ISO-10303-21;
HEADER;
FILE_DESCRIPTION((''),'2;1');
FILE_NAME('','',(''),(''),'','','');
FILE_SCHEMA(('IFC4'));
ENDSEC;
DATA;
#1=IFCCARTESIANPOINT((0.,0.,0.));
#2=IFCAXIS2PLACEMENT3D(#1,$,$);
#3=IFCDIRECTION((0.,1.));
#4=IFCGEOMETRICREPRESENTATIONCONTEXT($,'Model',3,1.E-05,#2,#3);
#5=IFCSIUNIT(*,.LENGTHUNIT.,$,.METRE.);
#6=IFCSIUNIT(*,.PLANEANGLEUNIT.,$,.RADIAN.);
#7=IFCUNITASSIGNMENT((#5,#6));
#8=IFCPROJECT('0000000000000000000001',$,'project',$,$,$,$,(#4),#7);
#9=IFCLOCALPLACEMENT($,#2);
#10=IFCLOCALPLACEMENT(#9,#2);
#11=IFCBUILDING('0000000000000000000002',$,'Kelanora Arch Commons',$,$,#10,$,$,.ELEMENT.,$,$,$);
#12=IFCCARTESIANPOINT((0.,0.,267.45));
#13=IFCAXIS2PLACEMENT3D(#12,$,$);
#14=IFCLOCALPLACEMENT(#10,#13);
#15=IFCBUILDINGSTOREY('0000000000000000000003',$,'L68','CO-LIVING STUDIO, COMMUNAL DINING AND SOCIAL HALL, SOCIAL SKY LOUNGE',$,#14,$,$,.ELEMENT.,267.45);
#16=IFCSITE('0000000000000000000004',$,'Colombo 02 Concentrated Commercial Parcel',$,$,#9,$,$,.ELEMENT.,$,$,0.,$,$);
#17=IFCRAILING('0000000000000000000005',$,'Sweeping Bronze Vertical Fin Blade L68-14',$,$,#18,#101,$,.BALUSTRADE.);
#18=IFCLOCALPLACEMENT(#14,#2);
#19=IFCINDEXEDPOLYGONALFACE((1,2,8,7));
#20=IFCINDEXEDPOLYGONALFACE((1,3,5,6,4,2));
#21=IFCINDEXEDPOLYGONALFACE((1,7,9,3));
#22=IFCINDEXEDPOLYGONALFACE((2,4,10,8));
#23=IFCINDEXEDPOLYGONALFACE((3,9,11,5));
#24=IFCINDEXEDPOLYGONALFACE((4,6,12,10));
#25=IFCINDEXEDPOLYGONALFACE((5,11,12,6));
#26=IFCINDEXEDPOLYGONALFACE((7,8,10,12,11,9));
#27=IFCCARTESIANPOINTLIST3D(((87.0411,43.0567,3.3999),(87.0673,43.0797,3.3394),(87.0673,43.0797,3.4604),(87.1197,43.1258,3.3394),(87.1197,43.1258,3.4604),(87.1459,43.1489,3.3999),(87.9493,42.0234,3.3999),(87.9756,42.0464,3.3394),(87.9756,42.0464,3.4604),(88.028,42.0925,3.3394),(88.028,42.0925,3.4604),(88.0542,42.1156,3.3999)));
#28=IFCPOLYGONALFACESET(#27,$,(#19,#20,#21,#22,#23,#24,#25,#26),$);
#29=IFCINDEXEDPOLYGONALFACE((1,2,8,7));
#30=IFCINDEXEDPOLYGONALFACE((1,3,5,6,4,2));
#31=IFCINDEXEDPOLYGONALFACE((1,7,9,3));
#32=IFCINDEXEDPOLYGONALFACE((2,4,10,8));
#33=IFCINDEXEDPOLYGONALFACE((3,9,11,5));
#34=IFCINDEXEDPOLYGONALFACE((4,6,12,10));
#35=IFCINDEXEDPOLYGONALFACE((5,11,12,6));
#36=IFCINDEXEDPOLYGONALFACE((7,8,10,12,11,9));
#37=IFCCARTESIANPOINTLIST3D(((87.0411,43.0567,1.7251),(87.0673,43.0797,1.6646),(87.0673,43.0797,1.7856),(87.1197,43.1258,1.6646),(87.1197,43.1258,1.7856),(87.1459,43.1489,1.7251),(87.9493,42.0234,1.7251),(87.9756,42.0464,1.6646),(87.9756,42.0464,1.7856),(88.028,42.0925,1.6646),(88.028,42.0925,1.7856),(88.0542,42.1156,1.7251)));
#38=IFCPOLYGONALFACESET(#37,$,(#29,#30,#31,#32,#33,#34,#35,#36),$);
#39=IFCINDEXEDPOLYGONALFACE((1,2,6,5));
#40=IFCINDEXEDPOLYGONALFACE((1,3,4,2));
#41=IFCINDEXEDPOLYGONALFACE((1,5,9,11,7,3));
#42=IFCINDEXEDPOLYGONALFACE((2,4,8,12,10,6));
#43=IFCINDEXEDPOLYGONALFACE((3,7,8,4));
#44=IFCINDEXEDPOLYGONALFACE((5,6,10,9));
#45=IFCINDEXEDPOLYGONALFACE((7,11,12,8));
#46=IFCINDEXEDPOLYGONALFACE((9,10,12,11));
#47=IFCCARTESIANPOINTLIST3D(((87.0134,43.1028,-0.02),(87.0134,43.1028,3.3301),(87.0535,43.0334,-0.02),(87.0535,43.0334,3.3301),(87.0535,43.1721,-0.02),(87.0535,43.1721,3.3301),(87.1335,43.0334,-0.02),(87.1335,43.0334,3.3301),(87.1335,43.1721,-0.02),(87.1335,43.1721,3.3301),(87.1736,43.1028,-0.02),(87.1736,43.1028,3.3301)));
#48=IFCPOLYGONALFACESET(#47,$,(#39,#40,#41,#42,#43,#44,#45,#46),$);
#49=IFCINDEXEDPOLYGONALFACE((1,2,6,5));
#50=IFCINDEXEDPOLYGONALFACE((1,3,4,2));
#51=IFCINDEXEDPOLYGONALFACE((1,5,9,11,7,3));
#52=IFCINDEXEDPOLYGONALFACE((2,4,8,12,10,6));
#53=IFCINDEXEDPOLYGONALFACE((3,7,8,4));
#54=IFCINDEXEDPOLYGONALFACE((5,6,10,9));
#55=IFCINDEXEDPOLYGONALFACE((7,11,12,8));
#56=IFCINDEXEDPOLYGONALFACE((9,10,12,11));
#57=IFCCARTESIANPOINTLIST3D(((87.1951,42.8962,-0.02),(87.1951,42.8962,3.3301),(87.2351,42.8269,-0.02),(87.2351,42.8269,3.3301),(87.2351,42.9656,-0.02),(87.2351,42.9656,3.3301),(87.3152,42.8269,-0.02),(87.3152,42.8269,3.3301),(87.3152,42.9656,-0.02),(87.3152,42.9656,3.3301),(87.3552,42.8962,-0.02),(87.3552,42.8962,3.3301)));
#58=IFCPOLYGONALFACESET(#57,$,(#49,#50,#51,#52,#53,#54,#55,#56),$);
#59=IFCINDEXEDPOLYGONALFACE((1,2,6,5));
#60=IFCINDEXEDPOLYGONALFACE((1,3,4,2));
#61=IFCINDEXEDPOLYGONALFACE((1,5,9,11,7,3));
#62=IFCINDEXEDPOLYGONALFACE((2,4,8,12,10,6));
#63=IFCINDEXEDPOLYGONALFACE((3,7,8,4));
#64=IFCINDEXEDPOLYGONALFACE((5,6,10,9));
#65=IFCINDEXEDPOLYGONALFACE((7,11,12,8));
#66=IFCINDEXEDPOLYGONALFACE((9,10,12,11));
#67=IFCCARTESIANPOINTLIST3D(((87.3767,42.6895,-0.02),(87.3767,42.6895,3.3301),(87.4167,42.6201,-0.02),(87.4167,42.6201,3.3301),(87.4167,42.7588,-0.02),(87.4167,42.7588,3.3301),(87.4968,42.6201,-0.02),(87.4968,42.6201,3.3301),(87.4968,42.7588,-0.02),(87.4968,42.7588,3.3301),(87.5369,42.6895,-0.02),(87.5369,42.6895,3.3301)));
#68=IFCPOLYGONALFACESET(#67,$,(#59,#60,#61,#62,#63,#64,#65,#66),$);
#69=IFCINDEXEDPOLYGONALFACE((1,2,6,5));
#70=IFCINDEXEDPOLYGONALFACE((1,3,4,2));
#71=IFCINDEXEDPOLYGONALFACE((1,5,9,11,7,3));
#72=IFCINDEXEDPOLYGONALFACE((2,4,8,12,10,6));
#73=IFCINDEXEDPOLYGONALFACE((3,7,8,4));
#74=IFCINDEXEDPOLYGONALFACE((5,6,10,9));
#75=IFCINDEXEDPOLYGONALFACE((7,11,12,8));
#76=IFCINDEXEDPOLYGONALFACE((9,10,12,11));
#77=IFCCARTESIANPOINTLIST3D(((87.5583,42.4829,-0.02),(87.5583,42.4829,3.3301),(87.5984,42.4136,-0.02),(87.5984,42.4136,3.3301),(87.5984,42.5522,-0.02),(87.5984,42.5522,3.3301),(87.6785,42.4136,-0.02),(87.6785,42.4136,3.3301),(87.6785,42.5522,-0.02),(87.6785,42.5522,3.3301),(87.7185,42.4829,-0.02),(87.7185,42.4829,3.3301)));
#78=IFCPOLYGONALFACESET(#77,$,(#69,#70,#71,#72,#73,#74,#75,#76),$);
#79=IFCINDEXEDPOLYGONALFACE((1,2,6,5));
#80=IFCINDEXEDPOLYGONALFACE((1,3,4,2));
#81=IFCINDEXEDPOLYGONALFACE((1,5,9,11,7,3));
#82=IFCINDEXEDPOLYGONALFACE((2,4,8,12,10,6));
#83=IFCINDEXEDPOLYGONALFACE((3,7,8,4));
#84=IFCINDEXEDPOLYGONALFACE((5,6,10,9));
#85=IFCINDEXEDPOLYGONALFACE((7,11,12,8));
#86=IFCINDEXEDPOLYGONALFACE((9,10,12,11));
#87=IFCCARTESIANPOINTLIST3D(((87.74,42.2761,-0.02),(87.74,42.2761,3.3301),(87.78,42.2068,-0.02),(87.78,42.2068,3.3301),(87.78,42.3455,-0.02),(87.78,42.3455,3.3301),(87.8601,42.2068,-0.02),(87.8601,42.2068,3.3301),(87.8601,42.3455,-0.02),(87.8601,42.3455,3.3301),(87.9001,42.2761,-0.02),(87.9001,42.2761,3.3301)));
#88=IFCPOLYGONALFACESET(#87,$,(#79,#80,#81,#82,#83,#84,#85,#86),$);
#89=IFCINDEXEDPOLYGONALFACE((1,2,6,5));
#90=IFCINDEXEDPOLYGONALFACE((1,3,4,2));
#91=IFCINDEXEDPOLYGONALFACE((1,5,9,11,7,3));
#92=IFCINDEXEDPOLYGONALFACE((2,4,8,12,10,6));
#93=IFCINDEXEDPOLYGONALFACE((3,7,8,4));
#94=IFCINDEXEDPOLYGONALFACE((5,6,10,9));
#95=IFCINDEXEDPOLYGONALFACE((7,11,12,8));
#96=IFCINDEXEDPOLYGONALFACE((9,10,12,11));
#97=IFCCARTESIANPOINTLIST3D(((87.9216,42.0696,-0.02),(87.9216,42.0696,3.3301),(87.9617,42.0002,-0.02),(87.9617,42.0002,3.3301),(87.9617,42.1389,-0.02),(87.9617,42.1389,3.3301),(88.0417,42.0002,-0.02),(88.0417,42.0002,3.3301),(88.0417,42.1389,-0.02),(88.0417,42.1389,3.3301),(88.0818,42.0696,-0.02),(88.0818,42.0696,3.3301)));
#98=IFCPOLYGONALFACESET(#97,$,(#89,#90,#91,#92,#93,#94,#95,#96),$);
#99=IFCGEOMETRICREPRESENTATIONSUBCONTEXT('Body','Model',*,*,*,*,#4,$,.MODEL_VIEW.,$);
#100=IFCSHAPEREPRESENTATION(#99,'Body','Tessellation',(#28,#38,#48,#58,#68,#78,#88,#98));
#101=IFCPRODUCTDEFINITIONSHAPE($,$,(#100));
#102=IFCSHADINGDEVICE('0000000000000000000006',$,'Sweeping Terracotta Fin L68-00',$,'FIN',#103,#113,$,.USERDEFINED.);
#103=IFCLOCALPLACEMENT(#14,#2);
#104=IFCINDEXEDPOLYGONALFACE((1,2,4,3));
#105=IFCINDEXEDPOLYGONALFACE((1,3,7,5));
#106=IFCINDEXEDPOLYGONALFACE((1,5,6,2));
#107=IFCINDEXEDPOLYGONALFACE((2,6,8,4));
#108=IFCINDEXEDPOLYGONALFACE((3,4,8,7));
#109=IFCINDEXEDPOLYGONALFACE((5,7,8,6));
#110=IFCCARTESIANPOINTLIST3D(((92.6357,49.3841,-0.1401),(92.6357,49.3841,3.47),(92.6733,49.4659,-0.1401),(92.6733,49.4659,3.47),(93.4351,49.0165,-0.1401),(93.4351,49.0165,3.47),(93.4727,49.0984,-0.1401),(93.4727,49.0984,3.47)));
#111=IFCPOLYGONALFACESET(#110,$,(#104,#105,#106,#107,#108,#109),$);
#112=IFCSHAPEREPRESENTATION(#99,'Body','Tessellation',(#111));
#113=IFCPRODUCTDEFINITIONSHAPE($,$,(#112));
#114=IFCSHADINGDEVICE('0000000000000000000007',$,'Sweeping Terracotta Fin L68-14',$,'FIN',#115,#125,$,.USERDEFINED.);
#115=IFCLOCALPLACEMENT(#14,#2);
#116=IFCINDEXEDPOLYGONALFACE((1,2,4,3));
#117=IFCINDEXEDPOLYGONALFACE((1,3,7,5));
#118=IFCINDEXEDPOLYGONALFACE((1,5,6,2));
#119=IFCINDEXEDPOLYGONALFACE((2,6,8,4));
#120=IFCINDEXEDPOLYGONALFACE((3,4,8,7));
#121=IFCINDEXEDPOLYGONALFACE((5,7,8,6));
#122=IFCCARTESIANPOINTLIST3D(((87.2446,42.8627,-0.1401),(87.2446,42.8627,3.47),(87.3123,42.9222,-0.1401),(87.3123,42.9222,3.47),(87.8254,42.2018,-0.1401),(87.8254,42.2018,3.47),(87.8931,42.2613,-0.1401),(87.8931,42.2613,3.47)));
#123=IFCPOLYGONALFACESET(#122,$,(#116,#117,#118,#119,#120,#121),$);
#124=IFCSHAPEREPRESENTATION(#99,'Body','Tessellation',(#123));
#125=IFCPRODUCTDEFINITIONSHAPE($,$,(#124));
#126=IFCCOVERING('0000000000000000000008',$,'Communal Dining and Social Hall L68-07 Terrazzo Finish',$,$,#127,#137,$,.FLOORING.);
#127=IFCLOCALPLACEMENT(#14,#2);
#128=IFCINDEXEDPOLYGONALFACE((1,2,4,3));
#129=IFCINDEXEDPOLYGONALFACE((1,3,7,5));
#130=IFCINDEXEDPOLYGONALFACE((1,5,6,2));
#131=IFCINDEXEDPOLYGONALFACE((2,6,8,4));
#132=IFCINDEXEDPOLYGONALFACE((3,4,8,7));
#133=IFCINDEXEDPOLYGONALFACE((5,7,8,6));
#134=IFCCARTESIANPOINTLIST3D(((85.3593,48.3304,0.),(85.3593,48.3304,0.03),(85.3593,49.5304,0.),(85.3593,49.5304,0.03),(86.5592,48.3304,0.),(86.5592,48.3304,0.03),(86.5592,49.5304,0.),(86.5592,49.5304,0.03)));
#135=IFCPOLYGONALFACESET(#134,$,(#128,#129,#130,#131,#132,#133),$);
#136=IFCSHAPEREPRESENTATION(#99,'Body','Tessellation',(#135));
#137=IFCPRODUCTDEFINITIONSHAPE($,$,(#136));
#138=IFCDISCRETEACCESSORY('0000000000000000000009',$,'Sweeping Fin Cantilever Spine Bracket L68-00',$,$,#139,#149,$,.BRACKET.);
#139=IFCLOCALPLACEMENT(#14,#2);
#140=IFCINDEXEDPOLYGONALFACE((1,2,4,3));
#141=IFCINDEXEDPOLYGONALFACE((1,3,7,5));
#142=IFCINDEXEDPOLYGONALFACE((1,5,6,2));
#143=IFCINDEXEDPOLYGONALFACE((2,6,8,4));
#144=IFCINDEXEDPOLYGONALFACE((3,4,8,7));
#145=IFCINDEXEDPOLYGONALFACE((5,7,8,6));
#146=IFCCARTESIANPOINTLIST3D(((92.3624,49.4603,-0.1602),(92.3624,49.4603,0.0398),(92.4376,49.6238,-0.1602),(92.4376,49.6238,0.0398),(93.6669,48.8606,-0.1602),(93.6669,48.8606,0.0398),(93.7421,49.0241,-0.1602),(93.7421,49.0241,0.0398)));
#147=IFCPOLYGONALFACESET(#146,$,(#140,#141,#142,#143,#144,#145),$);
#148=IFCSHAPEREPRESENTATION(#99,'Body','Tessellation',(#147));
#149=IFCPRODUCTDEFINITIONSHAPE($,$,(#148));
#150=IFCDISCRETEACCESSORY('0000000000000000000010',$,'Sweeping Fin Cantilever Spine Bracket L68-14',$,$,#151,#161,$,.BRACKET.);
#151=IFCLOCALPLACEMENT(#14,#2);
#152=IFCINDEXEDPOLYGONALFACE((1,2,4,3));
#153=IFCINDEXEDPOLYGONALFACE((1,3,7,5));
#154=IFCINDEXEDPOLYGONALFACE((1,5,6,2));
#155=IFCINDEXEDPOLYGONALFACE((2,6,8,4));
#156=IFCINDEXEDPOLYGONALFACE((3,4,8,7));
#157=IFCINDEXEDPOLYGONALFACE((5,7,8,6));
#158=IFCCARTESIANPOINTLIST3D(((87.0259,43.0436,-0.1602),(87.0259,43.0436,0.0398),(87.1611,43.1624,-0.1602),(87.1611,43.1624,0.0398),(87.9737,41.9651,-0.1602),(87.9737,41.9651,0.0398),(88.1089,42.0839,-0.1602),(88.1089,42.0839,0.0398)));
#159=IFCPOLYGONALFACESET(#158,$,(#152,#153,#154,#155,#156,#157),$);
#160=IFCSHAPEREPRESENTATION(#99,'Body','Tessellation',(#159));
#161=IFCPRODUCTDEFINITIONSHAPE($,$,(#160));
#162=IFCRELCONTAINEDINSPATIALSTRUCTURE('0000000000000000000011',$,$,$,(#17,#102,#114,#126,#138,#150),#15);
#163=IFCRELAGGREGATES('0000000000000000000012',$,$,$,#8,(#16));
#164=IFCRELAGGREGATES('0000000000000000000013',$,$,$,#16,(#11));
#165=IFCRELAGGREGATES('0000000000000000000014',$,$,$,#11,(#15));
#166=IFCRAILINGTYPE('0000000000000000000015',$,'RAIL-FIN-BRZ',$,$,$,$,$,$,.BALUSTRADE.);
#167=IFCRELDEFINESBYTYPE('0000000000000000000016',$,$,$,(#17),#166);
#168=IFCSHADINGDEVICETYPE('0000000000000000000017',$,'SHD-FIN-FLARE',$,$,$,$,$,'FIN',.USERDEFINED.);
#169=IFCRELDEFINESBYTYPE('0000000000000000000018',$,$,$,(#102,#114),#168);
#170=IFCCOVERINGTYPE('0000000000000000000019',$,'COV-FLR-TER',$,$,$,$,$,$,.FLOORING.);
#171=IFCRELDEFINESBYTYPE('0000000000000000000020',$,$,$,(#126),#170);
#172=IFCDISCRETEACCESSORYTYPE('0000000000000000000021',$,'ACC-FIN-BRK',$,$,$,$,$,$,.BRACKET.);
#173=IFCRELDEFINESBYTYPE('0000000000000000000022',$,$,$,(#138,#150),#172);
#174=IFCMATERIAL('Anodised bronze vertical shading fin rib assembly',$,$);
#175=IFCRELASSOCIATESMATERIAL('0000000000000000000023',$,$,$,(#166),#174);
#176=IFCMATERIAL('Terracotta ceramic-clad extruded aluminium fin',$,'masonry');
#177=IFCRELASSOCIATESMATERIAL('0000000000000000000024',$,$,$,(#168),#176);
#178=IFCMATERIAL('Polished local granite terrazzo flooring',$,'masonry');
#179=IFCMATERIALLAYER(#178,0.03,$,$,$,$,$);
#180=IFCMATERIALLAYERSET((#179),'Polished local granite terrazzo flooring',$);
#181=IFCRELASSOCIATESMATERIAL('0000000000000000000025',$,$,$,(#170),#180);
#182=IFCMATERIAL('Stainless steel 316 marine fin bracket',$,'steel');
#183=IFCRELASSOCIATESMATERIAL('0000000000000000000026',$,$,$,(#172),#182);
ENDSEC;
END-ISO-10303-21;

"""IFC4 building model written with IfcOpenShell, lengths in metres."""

from ifc_helpers import new_model, si_unit, direction, frame, origin, origin_2d, place, context, subcontext, project, spatial, polyline, rectangle, outline, extrude, source, transform, mapped, material, layer, layer_set, type_object, element, save


model = new_model("IFC4")

# Units and contexts
model_context = context("Model", 3, precision=1e-05, world=origin(), true_north=direction((0.0, 1.0)))
body_context = subcontext(model_context, "Body", "Model", "MODEL_VIEW")
ifc_project = project(units=[si_unit("LENGTHUNIT", "METRE"), si_unit("PLANEANGLEUNIT", "RADIAN")], contexts=[model_context])

# Site, building, storey
site_placement = place(None, origin())
site = spatial("IfcSite", under=ifc_project, at=site_placement, Name="Colombo 02 Concentrated Commercial Parcel", CompositionType="ELEMENT", RefElevation=0.0)
building_placement = place(site_placement, origin())
building = spatial("IfcBuilding", under=site, at=building_placement, Name="Kelanora Arch Commons", CompositionType="ELEMENT")
storey_placement = place(building_placement, frame((0.0, 0.0, 267.45)))
storey = spatial("IfcBuildingStorey", under=building, at=storey_placement, Name="L68", Description="CO-LIVING STUDIO, COMMUNAL DINING AND SOCIAL HALL, SOCIAL SKY LOUNGE", CompositionType="ELEMENT", Elevation=267.45)

# Railing
ifc_material_1 = material(Name="Anodised bronze vertical shading fin rib assembly")
railing_type = type_object("IfcRailingType", Name="RAIL-FIN-BRZ", PredefinedType="BALUSTRADE", material=ifc_material_1)
railing_placement = place(storey_placement, frame((87.0935, 43.1028, -0.02)))
element("IfcRailing", 1, at=railing_placement, inside=storey, type_object=railing_type, Name="Sweeping Bronze Vertical Fin Blade L68-14", PredefinedType="BALUSTRADE", context=body_context, shape_type="SweptSolid", body=[
    extrude(outline(polyline([(0.0698, 0.0), (0.0349, 0.0605), (-0.0349, 0.0605), (-0.0698, 0.0), (-0.0349, -0.0605), (0.0349, -0.0605), (0.0698, 0.0)])), frame((0.0, 0.0, 3.4199), z_axis=(0.660212, -0.75108, 0.0), x_axis=(0.75108, 0.660212, 0.0)), (0.0, 0.0, 1.0), 1.3757),
    extrude(outline(polyline([(0.0698, 0.0), (0.0349, 0.0605), (-0.0349, 0.0605), (-0.0698, 0.0), (-0.0349, -0.0605), (0.0349, -0.0605), (0.0698, 0.0)])), frame((0.0, 0.0, 1.7451), z_axis=(0.660212, -0.75108, 0.0), x_axis=(0.75108, 0.660212, 0.0)), (0.0, 0.0, 1.0), 1.3757),
    extrude(outline(polyline([(0.0801, 0.0), (0.04, 0.0693), (-0.04, 0.0693), (-0.0801, 0.0), (-0.04, -0.0693), (0.04, -0.0693), (0.0801, 0.0)])), origin(), (0.0, 0.0, 1.0), 3.3501),
    extrude(outline(polyline([(0.0801, 0.0), (0.04, 0.0693), (-0.04, 0.0693), (-0.0801, 0.0), (-0.04, -0.0693), (0.04, -0.0693), (0.0801, 0.0)])), frame((0.1816, -0.2065, 0.0)), (0.0, 0.0, 1.0), 3.3501),
    extrude(outline(polyline([(0.0801, 0.0), (0.04, 0.0693), (-0.04, 0.0693), (-0.0801, 0.0), (-0.04, -0.0693), (0.04, -0.0693), (0.0801, 0.0)])), frame((0.3633, -0.4133, 0.0)), (0.0, 0.0, 1.0), 3.3501),
    extrude(outline(polyline([(0.0801, 0.0), (0.04, 0.0693), (-0.04, 0.0693), (-0.0801, 0.0), (-0.04, -0.0693), (0.04, -0.0693), (0.0801, 0.0)])), frame((0.5449, -0.6199, 0.0)), (0.0, 0.0, 1.0), 3.3501),
    extrude(outline(polyline([(0.0801, 0.0), (0.04, 0.0693), (-0.04, 0.0693), (-0.0801, 0.0), (-0.04, -0.0693), (0.04, -0.0693), (0.0801, 0.0)])), frame((0.7266, -0.8267, 0.0)), (0.0, 0.0, 1.0), 3.3501),
    extrude(outline(polyline([(0.0801, 0.0), (0.04, 0.0693), (-0.04, 0.0693), (-0.0801, 0.0), (-0.04, -0.0693), (0.04, -0.0693), (0.0801, 0.0)])), frame((0.9082, -1.0332, 0.0)), (0.0, 0.0, 1.0), 3.3501),
])

# Shading devices
ifc_material_2 = material(Name="Terracotta ceramic-clad extruded aluminium fin", Category="masonry")
shading_device_type = type_object("IfcShadingDeviceType", Name="SHD-FIN-FLARE", ElementType="FIN", PredefinedType="USERDEFINED", material=ifc_material_2)
shared_shape_1 = source(origin(), body_context, "Body", "SweptSolid", [
    extrude(rectangle(XDim=0.8799, YDim=0.0901, at=origin_2d()), origin(), (0.0, 0.0, 1.0), 3.6101),
])
for number, where, z_axis, x_axis, name in (
    (2, (93.0542, 49.2412, -0.1401), (0.0, 0.0, 1.0), (0.908581, -0.417709, 0.0), "Sweeping Terracotta Fin L68-00"),
    (3, (87.5688, 42.562, -0.1401), (0.0, 0.0, 1.0), (0.660133, -0.751149, 0.0), "Sweeping Terracotta Fin L68-14"),
):
    element("IfcShadingDevice", number, at=place(storey_placement, frame(where, z_axis=z_axis, x_axis=x_axis)), inside=storey, type_object=shading_device_type, Name=name, ObjectType="FIN", PredefinedType="USERDEFINED", context=body_context, shape_type="MappedRepresentation", body=[
        mapped(shared_shape_1, transform((0.0, 0.0, 0.0), scale=1.0)),
    ])

# Covering
ifc_material_3 = material(Name="Polished local granite terrazzo flooring", Category="masonry")
ifc_layer_1 = layer(ifc_material_3, 0.03)
ifc_layer_set_1 = layer_set([ifc_layer_1], Name="Polished local granite terrazzo flooring")
covering_type = type_object("IfcCoveringType", Name="COV-FLR-TER", PredefinedType="FLOORING", material=ifc_layer_set_1)
shared_shape_2 = source(origin(), body_context, "Body", "SweptSolid", [
    extrude(rectangle(XDim=1.2, YDim=1.2, at=origin_2d()), origin(), (0.0, 0.0, 1.0), 0.03),
])
covering_placement = place(storey_placement, frame((85.9592, 48.9304, 0.0), z_axis=(0.0, 0.0, 1.0), x_axis=(1.0, 0.0, 0.0)))
element("IfcCovering", 4, at=covering_placement, inside=storey, type_object=covering_type, Name="Communal Dining and Social Hall L68-07 Terrazzo Finish", PredefinedType="FLOORING", context=body_context, shape_type="MappedRepresentation", body=[
    mapped(shared_shape_2, transform((0.0, 0.0, 0.0), scale=1.0)),
])

# Discrete accessories
ifc_material_4 = material(Name="Stainless steel 316 marine fin bracket", Category="steel")
discrete_accessory_type = type_object("IfcDiscreteAccessoryType", Name="ACC-FIN-BRK", PredefinedType="BRACKET", material=ifc_material_4)
shared_shape_3 = source(origin(), body_context, "Body", "SweptSolid", [
    extrude(rectangle(XDim=1.4358, YDim=0.1799, at=origin_2d()), origin(), (0.0, 0.0, 1.0), 0.2),
])
for number, where, z_axis, x_axis, name in (
    (5, (93.0522, 49.2422, -0.1602), (0.0, 0.0, 1.0), (0.908581, -0.417709, 0.0), "Sweeping Fin Cantilever Spine Bracket L68-00"),
    (6, (87.5674, 42.5637, -0.1602), (0.0, 0.0, 1.0), (0.660133, -0.751149, 0.0), "Sweeping Fin Cantilever Spine Bracket L68-14"),
):
    element("IfcDiscreteAccessory", number, at=place(storey_placement, frame(where, z_axis=z_axis, x_axis=x_axis)), inside=storey, type_object=discrete_accessory_type, Name=name, PredefinedType="BRACKET", context=body_context, shape_type="MappedRepresentation", body=[
        mapped(shared_shape_3, transform((0.0, 0.0, 0.0), scale=1.0)),
    ])

save(model, "model.ifc")
